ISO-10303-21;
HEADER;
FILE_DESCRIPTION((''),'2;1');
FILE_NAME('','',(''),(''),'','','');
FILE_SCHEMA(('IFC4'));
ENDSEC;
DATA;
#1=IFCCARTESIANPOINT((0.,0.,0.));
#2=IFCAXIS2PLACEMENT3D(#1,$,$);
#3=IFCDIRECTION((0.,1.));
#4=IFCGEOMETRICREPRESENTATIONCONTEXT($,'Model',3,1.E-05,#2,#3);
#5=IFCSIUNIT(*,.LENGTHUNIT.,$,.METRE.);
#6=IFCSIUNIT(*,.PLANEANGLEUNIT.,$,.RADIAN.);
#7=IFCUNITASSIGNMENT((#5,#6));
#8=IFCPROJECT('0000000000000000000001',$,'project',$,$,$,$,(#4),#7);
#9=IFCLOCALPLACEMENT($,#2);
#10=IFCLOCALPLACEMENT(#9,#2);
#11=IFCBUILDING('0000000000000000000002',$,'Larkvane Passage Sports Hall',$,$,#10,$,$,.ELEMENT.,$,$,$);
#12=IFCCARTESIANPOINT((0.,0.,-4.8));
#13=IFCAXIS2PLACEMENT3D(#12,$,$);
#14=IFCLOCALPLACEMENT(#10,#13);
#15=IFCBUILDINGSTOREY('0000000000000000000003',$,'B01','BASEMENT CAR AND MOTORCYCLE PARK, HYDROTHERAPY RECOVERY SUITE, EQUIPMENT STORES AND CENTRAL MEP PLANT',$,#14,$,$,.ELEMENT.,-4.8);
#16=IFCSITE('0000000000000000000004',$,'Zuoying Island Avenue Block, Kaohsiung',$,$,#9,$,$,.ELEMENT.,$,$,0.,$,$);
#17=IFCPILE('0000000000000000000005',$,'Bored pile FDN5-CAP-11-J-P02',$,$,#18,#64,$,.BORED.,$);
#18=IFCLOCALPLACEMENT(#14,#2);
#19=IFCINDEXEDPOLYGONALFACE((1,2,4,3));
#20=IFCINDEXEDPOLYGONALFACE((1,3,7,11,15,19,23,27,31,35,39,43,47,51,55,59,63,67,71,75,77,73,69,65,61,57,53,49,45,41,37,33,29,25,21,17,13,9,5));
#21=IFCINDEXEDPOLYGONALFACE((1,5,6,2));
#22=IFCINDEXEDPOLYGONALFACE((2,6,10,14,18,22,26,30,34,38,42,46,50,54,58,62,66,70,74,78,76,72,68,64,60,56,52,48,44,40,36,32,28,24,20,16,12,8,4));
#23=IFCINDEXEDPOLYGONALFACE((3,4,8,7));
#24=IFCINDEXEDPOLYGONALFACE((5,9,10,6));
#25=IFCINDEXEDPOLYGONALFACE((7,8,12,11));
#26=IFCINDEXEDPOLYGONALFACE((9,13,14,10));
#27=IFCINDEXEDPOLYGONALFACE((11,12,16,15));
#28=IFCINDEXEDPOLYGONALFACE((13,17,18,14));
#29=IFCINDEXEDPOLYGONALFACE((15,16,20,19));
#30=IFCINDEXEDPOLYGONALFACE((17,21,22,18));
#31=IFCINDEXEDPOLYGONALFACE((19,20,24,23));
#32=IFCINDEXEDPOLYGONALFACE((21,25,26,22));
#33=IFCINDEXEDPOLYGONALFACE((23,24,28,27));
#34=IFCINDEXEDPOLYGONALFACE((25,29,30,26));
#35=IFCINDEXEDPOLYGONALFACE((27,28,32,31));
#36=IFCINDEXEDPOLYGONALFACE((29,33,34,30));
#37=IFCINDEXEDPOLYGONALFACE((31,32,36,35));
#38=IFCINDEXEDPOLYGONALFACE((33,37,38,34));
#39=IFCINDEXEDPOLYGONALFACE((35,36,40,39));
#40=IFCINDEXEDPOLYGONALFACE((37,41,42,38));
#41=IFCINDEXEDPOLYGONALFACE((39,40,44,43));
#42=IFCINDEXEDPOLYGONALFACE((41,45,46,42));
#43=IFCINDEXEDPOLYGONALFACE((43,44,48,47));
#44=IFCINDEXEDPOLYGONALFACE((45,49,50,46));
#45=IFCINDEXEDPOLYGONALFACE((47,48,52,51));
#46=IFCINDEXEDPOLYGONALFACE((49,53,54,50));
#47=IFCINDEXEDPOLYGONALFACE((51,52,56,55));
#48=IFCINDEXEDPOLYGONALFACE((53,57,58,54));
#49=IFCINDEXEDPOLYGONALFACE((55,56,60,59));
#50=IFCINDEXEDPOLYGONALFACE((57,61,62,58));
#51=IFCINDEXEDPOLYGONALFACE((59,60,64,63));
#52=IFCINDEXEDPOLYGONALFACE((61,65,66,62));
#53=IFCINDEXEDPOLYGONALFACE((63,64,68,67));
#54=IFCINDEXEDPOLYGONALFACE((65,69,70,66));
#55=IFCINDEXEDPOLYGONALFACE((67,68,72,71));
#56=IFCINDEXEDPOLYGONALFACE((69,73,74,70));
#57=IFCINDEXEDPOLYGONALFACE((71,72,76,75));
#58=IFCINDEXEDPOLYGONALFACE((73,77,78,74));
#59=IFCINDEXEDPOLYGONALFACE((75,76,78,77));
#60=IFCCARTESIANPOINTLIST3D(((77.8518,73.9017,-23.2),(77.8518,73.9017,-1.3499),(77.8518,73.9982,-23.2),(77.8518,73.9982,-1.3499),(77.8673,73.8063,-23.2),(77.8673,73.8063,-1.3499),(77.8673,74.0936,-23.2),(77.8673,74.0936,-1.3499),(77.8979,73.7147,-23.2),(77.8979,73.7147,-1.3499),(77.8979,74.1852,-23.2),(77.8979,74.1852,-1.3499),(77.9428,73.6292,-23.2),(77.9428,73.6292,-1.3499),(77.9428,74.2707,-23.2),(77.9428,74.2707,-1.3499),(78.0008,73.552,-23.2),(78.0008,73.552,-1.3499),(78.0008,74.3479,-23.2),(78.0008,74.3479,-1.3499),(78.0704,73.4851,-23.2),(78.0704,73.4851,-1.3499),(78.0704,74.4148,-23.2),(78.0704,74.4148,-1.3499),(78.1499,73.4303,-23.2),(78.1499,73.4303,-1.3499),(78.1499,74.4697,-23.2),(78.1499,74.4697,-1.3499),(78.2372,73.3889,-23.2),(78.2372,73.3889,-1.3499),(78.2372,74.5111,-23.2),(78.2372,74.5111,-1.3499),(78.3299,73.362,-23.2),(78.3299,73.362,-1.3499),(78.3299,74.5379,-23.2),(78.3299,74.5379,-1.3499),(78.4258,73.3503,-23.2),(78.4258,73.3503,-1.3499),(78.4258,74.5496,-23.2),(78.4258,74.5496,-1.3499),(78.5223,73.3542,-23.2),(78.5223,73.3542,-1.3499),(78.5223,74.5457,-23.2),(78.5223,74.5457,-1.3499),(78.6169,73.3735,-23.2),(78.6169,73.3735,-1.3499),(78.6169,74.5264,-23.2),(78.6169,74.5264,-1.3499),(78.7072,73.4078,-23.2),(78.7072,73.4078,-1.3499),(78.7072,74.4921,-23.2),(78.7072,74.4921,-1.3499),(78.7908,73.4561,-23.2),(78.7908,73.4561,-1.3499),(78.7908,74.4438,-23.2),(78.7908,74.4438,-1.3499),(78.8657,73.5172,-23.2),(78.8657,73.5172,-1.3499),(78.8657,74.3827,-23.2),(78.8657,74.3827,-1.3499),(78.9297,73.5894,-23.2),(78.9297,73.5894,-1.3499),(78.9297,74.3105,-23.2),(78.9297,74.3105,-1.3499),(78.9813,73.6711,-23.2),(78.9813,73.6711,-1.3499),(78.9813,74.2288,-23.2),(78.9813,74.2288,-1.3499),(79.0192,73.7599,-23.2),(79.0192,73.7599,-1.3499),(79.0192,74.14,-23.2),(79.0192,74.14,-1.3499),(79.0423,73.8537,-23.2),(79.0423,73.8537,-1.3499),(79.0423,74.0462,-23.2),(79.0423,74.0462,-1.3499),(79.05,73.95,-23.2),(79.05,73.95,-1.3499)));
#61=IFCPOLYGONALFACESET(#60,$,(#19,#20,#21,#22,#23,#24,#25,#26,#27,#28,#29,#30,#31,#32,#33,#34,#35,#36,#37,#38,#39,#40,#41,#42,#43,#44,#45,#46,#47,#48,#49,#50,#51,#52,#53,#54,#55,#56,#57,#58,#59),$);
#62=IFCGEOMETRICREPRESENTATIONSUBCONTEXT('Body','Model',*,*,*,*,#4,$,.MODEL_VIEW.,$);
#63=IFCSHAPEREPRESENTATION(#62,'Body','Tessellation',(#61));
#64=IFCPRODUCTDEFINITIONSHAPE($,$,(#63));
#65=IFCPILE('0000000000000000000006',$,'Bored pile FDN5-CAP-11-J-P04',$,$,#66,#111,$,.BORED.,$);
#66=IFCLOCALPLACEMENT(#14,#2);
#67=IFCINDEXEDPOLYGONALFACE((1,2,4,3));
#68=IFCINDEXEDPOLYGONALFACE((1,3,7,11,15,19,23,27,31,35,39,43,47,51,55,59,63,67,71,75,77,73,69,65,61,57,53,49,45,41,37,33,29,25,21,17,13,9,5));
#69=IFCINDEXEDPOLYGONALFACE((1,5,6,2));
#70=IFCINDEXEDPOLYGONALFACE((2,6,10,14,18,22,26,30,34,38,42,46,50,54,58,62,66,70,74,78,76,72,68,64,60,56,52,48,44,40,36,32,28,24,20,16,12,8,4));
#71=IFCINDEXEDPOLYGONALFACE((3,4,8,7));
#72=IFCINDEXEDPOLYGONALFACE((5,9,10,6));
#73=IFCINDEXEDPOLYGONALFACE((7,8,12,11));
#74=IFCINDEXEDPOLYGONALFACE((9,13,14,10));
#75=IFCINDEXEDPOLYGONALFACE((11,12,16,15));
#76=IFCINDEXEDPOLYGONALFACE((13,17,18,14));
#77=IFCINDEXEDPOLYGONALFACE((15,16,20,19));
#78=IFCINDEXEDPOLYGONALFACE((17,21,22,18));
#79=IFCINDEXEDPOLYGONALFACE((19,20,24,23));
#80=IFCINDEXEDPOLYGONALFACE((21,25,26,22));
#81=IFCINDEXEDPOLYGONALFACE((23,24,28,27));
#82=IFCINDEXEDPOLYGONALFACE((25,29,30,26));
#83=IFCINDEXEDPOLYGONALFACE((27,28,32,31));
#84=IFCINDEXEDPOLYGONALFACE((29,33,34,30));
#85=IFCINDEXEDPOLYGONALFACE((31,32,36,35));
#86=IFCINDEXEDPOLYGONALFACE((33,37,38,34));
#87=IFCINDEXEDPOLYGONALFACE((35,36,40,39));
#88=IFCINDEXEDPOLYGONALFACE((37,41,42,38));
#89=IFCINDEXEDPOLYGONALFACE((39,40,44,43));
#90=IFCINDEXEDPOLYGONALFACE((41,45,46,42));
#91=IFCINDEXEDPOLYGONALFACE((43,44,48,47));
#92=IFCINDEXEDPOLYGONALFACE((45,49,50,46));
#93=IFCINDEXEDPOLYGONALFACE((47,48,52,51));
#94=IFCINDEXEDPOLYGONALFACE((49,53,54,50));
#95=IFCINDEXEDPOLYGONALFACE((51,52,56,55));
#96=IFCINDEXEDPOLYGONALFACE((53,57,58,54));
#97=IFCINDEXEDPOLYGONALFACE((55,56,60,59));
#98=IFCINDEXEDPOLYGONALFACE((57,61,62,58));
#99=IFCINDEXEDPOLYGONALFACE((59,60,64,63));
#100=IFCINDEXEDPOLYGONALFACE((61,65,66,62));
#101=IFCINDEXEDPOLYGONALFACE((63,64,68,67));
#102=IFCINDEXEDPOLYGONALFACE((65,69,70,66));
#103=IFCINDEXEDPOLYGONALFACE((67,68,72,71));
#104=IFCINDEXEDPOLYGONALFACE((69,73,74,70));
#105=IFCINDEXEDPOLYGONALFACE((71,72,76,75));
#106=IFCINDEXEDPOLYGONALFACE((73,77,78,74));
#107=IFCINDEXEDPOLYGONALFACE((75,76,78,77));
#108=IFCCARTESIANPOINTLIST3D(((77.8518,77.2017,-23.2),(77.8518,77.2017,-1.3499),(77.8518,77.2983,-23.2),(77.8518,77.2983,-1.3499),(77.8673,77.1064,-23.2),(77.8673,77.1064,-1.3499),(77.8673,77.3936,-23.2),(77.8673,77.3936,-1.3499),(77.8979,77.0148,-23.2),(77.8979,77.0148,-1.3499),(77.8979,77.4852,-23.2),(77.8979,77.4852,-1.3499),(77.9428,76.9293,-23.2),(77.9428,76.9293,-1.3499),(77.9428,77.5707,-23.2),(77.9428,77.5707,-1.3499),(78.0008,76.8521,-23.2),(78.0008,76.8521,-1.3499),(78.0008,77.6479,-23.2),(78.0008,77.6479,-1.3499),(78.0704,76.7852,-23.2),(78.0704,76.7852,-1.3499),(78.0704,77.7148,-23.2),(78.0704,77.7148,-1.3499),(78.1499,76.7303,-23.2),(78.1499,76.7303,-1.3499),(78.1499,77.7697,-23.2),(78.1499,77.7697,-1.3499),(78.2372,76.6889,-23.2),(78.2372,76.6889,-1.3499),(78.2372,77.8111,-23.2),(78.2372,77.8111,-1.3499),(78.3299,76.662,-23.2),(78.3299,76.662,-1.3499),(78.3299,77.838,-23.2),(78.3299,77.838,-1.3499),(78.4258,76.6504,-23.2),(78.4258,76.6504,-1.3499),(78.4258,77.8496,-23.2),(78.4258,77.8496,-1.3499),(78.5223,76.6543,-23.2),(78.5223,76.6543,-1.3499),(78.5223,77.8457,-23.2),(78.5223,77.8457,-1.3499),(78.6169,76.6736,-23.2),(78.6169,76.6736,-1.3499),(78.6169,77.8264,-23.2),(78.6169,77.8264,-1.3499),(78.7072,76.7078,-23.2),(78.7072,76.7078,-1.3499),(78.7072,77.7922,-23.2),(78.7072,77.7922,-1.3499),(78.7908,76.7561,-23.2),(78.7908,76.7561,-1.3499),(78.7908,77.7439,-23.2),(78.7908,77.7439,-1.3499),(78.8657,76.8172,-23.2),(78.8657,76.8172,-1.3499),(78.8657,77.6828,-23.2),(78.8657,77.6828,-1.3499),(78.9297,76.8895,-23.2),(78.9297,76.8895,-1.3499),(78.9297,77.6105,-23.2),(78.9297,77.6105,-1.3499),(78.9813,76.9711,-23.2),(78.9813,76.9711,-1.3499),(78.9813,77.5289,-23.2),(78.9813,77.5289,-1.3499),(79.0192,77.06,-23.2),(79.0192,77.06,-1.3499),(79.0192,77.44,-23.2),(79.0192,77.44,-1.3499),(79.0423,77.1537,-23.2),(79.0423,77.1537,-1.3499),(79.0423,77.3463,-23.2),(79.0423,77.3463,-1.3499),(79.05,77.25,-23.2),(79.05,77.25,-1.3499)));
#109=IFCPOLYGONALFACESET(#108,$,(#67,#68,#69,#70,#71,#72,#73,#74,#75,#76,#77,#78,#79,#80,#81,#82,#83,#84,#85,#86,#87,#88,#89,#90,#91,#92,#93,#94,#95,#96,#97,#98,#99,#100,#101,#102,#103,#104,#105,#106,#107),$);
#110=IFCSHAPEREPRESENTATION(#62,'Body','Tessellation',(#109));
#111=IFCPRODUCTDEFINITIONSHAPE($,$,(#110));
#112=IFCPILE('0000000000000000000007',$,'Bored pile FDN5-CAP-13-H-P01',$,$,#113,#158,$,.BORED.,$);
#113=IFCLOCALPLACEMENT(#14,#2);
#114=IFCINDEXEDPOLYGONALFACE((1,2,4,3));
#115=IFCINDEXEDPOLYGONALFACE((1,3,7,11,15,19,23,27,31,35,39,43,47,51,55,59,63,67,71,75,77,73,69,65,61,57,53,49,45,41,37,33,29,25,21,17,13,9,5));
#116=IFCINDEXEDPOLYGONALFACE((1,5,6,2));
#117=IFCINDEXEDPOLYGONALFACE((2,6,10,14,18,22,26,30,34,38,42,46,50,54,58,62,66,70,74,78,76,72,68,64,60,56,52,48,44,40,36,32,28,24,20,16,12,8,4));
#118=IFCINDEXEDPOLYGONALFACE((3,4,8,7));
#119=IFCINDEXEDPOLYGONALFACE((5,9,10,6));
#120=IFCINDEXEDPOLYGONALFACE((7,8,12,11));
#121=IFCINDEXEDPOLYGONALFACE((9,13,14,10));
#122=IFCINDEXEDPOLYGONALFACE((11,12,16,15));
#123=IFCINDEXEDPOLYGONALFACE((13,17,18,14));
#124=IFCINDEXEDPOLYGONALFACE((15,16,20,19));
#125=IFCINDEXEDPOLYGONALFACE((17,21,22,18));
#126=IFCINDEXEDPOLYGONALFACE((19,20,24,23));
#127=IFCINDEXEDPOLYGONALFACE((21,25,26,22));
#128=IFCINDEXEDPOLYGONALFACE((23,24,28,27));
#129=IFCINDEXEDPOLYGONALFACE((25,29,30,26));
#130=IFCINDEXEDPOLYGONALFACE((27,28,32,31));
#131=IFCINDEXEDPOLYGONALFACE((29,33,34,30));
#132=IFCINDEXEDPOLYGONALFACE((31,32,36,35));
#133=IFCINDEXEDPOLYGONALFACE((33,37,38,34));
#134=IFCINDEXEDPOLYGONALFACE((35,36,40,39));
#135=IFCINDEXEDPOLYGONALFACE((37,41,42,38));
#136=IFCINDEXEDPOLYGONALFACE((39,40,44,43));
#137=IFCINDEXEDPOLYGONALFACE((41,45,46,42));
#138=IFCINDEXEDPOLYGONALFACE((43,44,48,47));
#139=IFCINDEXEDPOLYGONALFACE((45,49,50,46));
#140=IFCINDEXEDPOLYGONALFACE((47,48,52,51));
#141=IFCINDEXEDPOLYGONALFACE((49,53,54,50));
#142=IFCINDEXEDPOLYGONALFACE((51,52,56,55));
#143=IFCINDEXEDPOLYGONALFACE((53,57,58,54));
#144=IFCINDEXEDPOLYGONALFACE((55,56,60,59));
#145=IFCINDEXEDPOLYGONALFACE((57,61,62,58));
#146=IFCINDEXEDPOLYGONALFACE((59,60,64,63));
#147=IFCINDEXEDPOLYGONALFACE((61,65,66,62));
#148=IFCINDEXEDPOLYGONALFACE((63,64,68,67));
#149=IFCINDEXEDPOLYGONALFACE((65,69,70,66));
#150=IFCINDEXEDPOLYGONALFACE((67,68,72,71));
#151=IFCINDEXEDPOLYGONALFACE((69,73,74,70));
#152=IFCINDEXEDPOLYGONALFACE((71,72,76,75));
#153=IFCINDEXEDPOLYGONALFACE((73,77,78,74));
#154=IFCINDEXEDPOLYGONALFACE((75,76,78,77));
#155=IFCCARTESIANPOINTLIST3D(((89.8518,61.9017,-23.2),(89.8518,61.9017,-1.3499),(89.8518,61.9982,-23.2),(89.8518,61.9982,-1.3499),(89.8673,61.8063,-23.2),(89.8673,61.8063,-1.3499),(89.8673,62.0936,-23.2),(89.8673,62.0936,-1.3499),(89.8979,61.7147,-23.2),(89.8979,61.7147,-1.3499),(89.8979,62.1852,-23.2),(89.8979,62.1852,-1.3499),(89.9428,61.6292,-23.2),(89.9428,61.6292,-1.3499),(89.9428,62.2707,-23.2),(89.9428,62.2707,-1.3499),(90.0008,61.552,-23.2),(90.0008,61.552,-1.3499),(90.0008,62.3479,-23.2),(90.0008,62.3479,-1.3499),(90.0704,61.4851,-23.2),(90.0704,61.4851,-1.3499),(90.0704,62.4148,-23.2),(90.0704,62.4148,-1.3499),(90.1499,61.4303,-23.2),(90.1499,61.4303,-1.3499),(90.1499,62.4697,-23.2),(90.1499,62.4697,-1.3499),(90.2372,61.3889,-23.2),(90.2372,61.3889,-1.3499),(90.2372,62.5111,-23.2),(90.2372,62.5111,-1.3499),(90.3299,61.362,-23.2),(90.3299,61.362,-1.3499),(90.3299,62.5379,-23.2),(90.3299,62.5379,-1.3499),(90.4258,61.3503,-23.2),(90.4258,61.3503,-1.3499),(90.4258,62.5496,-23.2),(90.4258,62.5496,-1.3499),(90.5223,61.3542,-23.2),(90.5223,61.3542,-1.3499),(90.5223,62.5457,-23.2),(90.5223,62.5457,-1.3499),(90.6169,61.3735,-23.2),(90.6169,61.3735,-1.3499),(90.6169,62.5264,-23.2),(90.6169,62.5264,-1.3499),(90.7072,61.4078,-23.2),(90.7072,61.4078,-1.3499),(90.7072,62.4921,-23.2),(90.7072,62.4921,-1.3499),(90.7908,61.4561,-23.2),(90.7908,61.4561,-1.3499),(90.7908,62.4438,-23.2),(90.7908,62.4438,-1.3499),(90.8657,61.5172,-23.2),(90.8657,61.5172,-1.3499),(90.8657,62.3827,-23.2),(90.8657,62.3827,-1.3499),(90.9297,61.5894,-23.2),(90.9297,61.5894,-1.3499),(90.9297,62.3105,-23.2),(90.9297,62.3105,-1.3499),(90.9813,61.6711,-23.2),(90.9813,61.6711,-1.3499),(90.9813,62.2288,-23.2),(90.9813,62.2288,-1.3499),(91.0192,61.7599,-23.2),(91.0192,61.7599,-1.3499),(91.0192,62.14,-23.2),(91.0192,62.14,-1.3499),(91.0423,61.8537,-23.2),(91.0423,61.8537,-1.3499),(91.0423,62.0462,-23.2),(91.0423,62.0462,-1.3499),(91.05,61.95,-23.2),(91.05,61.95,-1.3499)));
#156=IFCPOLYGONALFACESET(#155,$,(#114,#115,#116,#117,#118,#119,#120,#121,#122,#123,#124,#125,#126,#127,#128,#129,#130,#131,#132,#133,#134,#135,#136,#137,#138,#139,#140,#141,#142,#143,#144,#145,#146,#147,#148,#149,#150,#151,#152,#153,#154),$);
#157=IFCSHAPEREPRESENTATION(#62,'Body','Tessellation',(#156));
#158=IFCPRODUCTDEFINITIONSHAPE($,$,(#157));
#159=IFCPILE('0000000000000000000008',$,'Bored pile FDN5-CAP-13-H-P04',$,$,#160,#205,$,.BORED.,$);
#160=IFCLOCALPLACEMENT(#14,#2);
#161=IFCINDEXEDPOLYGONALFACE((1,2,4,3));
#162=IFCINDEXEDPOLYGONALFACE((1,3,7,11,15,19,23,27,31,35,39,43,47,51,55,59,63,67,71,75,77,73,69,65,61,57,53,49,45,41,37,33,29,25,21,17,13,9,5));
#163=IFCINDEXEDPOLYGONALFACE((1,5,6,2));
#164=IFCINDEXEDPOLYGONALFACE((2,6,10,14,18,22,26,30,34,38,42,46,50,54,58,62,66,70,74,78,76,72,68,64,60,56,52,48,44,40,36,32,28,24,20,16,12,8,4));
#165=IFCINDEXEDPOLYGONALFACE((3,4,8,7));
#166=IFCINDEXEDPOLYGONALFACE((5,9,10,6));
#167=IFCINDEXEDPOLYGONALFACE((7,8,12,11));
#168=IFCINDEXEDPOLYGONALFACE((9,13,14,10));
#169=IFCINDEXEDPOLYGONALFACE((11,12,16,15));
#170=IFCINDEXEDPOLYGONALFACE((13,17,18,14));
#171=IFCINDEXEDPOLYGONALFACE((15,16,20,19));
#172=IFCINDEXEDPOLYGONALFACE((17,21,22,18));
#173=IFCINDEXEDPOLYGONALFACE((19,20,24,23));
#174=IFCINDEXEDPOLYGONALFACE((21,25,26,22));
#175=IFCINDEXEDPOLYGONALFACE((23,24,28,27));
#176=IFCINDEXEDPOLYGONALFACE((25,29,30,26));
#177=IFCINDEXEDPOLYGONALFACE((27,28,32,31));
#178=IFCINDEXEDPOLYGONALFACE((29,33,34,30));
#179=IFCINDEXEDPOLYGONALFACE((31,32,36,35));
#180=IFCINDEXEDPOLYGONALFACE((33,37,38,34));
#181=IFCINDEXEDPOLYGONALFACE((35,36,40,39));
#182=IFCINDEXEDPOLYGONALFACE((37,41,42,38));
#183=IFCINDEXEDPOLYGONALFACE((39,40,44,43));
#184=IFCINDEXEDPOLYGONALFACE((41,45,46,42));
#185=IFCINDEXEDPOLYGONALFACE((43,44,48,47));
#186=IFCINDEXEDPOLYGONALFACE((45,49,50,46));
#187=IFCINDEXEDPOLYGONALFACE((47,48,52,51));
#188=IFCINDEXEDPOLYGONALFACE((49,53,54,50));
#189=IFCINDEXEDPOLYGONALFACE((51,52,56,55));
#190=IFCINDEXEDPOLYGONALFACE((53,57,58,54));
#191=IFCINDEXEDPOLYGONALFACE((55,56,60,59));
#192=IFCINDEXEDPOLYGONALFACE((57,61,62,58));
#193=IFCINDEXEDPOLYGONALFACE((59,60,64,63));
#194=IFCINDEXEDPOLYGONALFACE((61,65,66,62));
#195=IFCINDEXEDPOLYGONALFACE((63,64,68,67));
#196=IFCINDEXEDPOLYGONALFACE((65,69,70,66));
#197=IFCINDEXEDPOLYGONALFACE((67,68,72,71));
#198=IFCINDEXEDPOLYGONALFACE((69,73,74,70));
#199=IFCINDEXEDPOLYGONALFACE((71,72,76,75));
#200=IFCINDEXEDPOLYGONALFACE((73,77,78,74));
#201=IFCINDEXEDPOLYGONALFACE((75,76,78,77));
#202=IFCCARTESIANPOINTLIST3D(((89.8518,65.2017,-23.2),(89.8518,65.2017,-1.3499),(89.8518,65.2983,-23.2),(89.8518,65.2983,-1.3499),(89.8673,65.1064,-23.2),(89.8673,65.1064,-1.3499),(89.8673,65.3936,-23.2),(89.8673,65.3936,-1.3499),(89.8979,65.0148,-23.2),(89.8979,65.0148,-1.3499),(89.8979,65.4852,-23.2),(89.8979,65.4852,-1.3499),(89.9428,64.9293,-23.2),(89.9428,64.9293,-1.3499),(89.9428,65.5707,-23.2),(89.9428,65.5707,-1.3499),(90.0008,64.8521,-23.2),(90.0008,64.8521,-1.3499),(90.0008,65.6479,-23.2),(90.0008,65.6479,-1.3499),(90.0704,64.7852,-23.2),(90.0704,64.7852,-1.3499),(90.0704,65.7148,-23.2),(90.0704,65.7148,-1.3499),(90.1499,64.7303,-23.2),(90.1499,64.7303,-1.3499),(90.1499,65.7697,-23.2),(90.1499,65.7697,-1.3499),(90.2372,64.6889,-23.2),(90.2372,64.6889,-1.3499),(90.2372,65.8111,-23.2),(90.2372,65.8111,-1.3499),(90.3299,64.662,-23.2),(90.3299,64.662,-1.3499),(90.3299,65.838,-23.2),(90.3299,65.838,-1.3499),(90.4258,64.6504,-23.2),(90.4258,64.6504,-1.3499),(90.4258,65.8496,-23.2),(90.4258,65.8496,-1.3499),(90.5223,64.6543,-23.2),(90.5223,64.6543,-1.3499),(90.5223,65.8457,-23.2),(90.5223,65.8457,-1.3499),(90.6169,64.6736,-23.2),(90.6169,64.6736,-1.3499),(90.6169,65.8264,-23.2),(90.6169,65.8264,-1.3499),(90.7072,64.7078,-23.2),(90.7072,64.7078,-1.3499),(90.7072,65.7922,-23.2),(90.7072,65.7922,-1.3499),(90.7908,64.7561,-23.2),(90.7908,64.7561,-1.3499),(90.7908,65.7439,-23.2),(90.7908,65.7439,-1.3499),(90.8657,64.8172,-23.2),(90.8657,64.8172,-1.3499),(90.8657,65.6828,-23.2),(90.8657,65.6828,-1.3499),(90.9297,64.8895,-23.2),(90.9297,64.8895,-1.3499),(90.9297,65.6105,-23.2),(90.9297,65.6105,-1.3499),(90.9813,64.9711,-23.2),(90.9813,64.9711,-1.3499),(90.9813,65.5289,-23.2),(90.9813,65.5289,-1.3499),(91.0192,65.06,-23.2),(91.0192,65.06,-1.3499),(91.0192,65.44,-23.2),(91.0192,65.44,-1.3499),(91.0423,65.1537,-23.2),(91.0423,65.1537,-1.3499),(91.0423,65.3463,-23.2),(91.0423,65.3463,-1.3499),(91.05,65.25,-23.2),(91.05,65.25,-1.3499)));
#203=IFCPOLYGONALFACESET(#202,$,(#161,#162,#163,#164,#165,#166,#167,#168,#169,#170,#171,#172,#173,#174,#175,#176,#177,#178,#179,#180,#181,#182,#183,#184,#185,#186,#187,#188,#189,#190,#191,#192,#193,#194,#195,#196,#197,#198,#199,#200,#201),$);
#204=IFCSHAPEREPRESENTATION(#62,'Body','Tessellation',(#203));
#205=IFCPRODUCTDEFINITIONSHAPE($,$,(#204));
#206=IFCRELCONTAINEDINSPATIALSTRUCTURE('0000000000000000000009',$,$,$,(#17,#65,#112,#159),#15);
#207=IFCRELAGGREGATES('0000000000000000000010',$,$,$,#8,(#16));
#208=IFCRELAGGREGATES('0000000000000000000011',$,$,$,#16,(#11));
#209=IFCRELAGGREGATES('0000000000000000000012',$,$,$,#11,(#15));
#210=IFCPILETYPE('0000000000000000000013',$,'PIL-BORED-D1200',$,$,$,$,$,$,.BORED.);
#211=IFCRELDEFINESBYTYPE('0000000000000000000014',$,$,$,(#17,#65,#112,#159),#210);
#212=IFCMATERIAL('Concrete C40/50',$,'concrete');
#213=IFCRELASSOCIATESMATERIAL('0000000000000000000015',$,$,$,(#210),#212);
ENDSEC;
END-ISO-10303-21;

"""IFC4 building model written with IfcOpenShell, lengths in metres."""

from ifc_helpers import new_model, si_unit, direction, frame, origin, origin_2d, place, context, subcontext, project, spatial, circle, extrude, material, material_profile, profile_set, type_object, element, save


model = new_model("IFC4")

# Units and contexts
model_context = context("Model", 3, precision=1e-05, world=origin(), true_north=direction((0.0, 1.0)))
body_context = subcontext(model_context, "Body", "Model", "MODEL_VIEW")
ifc_project = project(units=[si_unit("LENGTHUNIT", "METRE"), si_unit("PLANEANGLEUNIT", "RADIAN")], contexts=[model_context])

# Site, building, storey
site_placement = place(None, origin())
site = spatial("IfcSite", under=ifc_project, at=site_placement, Name="Zuoying Island Avenue Block, Kaohsiung", CompositionType="ELEMENT", RefElevation=0.0)
building_placement = place(site_placement, origin())
building = spatial("IfcBuilding", under=site, at=building_placement, Name="Larkvane Passage Sports Hall", CompositionType="ELEMENT")
storey_placement = place(building_placement, frame((0.0, 0.0, -4.8)))
storey = spatial("IfcBuildingStorey", under=building, at=storey_placement, Name="B01", Description="BASEMENT CAR AND MOTORCYCLE PARK, HYDROTHERAPY RECOVERY SUITE, EQUIPMENT STORES AND CENTRAL MEP PLANT", CompositionType="ELEMENT", Elevation=-4.8)

# Shared definitions
ifc_material_1 = material(Name="Concrete C40/50", Category="concrete")

# Piles
ifc_material_profile_1 = material_profile(ifc_material_1, circle(Radius=0.6001, at=origin_2d()), Name="PILE-D1200")
ifc_profile_set_1 = profile_set([ifc_material_profile_1], Name="Concrete C40/50")
pile_type_1 = type_object("IfcPileType", Name="PIL-BORED-D1200", PredefinedType="BORED", material=ifc_profile_set_1)
for number, where, z_axis, x_axis, name in (
    (1, (78.45, 73.95, -1.3499), (0.0, 0.0, -1.0), (1.0, 0.0, 0.0), "Bored pile FDN5-CAP-11-J-P02"),
    (2, (78.45, 77.25, -1.3499), (0.0, 0.0, -1.0), (1.0, 0.0, 0.0), "Bored pile FDN5-CAP-11-J-P04"),
    (3, (90.45, 61.95, -1.3499), (0.0, 0.0, -1.0), (1.0, 0.0, 0.0), "Bored pile FDN5-CAP-13-H-P01"),
    (4, (90.45, 65.25, -1.3499), (0.0, 0.0, -1.0), (1.0, 0.0, 0.0), "Bored pile FDN5-CAP-13-H-P04"),
):
    element("IfcPile", number, at=place(storey_placement, frame(where, z_axis=z_axis, x_axis=x_axis)), inside=storey, type_object=pile_type_1, Name=name, PredefinedType="BORED", context=body_context, shape_type="SweptSolid", body=[
        extrude(circle(Radius=0.6001, at=origin_2d()), origin(), (0.0, 0.0, 1.0), 21.8501),
    ])

save(model, "model.ifc")
